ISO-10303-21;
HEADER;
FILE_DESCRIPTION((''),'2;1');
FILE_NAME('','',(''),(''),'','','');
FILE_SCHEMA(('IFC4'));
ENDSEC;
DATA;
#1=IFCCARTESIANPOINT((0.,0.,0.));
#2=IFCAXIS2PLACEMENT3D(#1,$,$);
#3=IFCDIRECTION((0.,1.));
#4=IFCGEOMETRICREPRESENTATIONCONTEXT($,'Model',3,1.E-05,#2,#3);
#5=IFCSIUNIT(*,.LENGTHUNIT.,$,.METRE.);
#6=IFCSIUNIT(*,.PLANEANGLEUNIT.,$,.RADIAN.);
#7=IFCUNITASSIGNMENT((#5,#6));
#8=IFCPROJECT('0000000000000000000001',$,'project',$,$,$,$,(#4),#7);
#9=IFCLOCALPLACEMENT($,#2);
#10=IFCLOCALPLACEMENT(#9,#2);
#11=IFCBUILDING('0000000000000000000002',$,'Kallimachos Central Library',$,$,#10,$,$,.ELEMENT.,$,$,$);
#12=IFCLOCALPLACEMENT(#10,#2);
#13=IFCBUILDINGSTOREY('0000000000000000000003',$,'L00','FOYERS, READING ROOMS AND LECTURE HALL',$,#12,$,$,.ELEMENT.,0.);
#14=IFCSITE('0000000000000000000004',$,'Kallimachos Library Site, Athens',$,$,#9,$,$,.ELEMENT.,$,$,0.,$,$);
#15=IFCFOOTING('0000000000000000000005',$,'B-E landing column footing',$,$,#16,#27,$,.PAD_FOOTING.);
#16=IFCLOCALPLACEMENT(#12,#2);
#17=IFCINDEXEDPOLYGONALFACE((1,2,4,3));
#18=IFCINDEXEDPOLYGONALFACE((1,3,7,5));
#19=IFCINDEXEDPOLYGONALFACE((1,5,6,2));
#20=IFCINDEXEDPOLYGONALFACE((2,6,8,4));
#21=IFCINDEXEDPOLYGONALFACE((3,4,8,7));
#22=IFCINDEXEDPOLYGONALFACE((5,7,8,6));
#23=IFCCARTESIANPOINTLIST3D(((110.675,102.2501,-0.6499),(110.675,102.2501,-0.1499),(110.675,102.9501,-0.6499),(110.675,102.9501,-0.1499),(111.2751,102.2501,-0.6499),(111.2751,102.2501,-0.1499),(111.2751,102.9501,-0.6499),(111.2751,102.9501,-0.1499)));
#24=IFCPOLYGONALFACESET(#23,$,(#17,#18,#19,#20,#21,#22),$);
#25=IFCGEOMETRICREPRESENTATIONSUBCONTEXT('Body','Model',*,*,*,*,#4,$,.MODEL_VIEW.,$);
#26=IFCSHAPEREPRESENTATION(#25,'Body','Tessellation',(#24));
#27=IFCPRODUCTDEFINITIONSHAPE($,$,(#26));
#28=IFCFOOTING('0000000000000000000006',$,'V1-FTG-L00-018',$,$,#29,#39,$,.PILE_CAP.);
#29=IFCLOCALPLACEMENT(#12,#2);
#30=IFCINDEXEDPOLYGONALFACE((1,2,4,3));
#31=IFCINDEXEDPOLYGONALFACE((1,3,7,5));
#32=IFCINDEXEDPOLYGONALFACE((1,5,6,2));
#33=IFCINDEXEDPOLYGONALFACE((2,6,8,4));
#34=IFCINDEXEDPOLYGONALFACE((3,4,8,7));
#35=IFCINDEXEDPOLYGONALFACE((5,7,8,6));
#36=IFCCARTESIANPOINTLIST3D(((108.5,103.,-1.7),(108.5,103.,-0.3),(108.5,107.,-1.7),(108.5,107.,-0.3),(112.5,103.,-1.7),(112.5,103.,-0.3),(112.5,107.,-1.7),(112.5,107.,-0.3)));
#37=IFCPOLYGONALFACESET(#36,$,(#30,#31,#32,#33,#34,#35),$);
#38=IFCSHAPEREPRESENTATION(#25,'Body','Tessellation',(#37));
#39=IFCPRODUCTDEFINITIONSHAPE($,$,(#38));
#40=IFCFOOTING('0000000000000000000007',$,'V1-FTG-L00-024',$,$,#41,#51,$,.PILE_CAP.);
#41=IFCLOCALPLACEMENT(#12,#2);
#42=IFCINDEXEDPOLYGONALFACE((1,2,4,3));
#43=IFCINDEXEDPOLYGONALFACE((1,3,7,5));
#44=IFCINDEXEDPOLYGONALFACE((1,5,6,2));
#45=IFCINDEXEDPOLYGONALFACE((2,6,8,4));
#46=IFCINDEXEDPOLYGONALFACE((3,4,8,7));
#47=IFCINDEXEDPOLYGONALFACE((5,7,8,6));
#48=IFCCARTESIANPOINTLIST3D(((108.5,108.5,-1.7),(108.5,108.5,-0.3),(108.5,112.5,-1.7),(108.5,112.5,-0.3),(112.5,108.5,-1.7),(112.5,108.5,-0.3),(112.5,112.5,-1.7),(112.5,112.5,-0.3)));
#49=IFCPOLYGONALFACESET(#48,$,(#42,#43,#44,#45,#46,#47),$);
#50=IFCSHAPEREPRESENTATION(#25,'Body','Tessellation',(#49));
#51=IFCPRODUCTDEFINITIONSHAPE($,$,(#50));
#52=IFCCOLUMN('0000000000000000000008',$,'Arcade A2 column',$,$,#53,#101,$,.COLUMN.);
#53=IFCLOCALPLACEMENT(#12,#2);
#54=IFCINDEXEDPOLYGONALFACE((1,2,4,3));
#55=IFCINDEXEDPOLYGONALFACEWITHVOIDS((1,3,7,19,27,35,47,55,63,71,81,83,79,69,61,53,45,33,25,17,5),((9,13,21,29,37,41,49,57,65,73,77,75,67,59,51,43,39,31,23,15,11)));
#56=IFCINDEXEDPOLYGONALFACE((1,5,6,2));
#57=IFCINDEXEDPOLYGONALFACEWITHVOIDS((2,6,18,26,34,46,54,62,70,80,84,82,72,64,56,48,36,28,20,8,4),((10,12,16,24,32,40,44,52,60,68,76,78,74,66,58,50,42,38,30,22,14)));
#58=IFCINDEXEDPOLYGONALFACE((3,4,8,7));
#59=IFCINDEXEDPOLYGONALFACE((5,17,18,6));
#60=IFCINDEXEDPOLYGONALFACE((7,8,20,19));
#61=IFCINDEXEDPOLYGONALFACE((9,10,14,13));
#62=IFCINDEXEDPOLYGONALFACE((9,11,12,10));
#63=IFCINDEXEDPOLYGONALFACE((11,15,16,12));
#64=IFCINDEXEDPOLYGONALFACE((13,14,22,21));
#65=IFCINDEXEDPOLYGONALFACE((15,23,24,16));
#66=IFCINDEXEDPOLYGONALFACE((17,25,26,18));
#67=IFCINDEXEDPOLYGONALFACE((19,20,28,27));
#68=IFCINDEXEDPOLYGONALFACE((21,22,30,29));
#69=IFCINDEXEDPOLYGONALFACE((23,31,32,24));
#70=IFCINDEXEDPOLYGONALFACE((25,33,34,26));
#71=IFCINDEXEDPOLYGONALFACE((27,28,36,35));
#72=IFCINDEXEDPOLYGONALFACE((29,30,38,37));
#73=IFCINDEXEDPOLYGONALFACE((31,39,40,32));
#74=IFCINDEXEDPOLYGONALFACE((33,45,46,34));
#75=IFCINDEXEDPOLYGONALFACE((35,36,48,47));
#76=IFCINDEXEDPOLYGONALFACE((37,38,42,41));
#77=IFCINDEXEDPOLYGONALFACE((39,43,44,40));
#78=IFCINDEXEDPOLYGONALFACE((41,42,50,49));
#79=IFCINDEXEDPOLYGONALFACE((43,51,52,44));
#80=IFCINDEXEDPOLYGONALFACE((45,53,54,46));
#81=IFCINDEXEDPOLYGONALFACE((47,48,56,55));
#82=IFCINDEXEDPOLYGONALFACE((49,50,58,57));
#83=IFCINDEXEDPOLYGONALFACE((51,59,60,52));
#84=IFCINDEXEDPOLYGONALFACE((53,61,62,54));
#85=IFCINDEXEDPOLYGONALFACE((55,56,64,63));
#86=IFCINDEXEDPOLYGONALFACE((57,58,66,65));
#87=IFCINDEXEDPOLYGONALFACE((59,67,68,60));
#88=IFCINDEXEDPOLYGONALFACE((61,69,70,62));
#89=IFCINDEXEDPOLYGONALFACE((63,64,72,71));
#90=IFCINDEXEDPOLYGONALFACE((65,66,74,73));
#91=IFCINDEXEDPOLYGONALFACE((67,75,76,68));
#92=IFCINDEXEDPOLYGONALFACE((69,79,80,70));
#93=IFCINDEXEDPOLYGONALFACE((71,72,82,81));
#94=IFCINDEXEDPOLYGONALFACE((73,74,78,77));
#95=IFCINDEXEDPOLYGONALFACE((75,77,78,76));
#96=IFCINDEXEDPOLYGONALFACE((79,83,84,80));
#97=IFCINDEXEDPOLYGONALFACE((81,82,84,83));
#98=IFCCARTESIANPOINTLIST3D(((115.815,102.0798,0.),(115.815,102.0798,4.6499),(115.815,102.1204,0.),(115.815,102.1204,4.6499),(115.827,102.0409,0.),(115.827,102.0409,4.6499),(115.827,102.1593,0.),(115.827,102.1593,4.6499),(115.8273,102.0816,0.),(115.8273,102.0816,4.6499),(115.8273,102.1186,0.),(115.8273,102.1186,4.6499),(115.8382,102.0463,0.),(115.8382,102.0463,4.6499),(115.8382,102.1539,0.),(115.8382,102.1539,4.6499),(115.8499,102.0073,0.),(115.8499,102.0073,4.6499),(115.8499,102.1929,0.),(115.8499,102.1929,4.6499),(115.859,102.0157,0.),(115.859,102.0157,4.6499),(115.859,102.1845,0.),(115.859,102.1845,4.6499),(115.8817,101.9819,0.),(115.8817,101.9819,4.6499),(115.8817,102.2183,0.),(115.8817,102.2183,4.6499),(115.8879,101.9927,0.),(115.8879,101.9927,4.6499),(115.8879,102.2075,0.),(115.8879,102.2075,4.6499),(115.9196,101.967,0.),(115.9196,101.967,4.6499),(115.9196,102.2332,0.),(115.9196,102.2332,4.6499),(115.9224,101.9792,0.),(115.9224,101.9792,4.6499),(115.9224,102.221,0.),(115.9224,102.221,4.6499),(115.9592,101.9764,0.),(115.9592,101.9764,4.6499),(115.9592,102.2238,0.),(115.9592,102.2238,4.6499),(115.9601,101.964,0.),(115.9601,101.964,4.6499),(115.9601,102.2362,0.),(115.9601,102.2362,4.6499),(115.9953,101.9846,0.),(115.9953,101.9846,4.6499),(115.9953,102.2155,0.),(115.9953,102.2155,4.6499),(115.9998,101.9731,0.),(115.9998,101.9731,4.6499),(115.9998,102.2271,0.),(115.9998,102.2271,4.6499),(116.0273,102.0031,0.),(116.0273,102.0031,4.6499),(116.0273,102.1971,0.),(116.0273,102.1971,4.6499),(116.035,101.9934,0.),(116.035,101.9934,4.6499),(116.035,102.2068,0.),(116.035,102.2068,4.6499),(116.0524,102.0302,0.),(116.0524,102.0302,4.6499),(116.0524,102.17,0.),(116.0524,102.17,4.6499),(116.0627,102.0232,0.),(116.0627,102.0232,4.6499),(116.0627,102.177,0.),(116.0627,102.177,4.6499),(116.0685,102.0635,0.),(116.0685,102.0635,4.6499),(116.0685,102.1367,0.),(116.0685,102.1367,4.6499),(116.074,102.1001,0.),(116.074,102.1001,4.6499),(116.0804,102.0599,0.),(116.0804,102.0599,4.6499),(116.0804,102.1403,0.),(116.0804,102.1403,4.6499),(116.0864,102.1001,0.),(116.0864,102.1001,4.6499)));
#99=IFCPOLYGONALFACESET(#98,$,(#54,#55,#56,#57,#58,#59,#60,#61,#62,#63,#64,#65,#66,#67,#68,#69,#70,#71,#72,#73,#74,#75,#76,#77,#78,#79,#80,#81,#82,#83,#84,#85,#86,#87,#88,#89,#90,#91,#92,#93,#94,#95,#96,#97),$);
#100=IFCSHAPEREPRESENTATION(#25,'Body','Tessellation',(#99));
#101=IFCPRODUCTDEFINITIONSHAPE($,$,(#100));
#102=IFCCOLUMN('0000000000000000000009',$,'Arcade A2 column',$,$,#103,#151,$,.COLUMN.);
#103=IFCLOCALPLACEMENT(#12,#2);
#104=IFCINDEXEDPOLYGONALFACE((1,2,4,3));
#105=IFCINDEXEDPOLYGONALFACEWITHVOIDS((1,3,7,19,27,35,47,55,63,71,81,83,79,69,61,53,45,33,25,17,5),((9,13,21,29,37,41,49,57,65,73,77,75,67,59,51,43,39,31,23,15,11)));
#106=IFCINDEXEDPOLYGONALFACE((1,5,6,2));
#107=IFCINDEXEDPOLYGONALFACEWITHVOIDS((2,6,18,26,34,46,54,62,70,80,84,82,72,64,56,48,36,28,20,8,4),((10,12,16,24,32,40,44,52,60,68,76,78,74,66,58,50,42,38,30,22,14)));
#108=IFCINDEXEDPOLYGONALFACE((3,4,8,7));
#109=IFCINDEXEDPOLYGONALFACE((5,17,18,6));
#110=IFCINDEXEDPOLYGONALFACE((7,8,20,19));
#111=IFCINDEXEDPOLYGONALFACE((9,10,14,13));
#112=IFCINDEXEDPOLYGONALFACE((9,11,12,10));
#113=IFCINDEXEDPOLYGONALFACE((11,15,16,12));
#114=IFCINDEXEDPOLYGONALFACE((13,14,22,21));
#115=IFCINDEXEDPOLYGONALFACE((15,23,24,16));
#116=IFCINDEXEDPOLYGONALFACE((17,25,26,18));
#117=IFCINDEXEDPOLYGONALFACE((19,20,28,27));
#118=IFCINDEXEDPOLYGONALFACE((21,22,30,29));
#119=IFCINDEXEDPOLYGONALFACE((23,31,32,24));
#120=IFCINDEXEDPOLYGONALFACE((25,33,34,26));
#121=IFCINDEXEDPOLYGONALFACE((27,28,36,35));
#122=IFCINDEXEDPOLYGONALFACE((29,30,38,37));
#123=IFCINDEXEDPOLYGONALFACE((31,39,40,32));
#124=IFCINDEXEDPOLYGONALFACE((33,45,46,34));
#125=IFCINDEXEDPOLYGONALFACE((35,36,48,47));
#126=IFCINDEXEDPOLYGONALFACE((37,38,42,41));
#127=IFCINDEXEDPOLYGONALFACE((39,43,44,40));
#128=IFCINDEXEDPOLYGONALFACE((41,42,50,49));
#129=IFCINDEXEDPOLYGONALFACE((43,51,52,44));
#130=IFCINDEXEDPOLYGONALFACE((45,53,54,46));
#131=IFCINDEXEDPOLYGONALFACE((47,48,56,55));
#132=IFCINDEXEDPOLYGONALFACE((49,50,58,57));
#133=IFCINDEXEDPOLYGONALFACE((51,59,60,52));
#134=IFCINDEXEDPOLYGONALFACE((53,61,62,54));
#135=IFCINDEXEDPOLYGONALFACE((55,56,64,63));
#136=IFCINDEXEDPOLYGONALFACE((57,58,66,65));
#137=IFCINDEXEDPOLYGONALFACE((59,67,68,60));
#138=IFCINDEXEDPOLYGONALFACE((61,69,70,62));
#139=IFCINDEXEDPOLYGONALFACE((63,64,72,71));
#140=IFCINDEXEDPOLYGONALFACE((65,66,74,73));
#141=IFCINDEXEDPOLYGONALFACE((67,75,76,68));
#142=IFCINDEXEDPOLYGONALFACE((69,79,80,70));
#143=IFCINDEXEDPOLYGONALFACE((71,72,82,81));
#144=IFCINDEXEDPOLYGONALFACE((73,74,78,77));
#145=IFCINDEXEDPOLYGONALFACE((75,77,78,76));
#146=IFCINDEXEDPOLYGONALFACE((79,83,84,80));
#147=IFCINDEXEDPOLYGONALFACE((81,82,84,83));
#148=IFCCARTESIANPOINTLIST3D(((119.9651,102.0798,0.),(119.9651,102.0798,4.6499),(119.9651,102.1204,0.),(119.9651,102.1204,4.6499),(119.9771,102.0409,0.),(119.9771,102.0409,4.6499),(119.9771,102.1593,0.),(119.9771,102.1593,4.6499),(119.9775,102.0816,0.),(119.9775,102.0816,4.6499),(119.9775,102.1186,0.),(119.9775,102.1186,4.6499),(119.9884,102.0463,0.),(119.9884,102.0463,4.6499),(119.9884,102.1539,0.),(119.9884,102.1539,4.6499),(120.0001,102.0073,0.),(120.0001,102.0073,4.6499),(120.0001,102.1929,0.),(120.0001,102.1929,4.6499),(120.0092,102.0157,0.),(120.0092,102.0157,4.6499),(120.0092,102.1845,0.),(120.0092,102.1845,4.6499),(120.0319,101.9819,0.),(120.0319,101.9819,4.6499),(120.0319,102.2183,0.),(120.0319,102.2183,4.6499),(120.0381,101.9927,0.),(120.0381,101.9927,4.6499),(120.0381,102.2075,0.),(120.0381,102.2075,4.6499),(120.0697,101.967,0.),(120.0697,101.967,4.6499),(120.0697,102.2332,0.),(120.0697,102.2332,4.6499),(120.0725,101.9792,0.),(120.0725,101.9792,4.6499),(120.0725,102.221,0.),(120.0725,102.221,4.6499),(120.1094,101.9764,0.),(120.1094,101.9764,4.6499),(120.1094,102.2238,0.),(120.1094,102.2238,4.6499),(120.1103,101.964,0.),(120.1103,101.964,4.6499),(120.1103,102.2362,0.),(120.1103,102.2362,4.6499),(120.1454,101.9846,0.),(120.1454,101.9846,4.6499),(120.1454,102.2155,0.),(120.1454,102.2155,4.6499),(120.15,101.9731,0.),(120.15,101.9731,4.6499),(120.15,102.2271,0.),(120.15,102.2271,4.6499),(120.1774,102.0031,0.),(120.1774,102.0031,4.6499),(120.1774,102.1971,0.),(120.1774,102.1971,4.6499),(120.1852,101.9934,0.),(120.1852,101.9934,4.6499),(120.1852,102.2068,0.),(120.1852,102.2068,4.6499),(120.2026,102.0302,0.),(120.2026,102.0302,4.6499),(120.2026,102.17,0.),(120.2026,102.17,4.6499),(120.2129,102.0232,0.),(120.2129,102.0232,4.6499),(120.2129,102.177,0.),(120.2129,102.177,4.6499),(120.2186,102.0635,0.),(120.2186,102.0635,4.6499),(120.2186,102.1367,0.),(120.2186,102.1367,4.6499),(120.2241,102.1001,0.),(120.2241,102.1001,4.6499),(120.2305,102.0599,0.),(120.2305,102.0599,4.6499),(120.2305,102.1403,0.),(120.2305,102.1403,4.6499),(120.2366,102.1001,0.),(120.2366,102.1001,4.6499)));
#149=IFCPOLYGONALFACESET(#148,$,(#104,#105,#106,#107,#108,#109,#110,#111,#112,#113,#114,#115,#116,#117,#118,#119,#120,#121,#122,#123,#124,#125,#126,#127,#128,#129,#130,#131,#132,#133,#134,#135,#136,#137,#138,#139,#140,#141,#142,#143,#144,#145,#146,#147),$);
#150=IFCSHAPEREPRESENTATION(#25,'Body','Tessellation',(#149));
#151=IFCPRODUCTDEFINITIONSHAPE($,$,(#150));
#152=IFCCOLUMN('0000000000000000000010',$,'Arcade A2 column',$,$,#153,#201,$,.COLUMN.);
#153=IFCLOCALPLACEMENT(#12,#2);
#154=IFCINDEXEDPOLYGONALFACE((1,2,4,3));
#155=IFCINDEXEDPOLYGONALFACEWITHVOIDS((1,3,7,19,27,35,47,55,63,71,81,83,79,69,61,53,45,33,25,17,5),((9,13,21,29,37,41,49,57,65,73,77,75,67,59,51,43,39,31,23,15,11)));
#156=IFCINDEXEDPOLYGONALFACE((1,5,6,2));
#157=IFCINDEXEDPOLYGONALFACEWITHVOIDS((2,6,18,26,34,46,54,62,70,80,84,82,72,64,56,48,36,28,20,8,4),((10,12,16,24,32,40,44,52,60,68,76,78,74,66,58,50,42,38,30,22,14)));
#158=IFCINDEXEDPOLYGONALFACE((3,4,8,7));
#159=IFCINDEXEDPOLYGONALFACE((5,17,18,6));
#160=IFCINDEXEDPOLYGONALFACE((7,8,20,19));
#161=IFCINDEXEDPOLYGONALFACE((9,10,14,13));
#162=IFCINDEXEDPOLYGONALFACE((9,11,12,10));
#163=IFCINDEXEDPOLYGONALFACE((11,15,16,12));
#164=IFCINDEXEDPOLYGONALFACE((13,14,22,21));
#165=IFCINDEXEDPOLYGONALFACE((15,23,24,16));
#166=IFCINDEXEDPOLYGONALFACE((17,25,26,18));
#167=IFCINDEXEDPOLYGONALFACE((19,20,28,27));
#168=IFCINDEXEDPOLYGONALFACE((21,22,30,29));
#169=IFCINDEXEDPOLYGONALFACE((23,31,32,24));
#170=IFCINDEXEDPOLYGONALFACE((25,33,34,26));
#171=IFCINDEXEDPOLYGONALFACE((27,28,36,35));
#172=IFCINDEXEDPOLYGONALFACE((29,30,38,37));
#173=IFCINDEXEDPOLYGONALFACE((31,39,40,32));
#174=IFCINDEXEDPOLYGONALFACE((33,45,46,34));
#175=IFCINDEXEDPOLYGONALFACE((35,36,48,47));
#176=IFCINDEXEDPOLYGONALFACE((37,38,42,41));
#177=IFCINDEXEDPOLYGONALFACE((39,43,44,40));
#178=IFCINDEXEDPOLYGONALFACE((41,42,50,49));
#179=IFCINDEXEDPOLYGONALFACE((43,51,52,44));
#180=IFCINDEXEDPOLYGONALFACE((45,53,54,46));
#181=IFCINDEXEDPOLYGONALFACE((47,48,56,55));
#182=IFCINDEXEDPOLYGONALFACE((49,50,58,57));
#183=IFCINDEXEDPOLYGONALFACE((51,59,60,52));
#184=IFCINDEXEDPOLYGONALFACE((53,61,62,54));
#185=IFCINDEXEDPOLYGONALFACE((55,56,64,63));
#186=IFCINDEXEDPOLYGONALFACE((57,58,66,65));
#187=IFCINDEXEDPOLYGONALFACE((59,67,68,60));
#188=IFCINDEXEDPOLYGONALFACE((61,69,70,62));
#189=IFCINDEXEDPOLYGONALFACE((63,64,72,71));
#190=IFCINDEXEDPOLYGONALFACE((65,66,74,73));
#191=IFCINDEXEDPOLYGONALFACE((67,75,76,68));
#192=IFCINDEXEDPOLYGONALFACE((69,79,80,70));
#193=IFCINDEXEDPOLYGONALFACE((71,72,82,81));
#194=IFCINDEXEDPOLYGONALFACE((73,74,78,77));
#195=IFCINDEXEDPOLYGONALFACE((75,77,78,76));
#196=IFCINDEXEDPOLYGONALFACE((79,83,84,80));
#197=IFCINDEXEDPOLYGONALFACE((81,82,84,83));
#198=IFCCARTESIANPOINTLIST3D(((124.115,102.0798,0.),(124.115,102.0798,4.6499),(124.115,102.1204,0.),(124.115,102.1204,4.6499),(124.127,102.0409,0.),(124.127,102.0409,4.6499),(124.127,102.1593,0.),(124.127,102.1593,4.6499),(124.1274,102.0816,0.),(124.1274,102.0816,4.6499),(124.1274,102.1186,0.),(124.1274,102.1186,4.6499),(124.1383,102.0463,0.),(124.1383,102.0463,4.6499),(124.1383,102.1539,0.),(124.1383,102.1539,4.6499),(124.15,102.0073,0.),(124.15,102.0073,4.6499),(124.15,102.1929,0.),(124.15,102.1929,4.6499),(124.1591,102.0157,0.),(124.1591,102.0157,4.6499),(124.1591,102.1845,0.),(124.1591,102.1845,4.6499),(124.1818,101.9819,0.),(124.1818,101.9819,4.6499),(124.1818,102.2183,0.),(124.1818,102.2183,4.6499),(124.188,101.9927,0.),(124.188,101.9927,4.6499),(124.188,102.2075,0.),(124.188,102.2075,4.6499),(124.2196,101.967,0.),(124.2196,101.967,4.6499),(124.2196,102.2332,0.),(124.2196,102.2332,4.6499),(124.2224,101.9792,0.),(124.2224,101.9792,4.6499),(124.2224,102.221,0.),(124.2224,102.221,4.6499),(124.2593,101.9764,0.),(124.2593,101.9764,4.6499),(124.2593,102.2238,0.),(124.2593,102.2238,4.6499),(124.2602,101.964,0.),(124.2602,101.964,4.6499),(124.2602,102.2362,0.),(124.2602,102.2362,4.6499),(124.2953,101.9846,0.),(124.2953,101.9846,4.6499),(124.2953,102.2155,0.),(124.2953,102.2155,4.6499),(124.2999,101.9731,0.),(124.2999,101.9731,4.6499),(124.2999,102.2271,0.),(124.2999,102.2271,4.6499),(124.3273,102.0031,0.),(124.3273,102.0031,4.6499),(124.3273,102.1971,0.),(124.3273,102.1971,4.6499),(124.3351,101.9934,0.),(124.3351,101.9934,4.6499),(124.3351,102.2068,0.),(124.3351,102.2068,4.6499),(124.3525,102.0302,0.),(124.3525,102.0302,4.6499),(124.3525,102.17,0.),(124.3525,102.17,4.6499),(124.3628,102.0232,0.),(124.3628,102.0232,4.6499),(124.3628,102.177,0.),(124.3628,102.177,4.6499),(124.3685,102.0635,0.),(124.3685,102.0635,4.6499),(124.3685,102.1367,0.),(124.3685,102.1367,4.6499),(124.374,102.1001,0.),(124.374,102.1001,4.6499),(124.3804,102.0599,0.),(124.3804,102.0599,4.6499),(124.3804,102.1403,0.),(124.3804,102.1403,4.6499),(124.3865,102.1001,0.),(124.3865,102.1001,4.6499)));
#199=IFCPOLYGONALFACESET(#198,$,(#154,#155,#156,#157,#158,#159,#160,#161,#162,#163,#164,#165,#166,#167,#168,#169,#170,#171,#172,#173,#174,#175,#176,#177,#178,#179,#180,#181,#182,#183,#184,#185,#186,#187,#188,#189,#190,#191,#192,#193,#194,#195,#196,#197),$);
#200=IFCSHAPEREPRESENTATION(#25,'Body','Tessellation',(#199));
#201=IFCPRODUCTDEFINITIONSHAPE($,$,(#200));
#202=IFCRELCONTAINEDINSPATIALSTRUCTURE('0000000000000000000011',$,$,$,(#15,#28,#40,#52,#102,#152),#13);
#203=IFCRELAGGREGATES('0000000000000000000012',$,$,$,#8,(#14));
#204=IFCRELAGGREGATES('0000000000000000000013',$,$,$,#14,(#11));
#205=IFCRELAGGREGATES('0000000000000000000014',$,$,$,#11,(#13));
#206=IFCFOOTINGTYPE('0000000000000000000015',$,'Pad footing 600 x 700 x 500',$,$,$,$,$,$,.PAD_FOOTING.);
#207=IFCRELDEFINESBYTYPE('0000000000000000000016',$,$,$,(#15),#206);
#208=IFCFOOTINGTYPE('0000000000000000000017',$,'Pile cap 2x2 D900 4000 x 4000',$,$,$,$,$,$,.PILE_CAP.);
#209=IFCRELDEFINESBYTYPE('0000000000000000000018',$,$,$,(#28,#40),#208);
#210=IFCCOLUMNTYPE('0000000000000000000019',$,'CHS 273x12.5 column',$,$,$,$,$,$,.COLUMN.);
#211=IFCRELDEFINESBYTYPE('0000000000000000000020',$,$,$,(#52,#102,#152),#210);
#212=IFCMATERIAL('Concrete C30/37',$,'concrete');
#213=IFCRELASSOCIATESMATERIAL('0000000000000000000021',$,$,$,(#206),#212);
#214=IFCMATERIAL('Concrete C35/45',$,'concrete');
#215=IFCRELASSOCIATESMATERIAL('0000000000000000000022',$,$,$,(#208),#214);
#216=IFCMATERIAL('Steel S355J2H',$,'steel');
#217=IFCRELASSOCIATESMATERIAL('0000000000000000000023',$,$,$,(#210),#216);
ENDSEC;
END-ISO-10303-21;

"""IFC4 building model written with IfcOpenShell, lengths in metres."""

from ifc_helpers import new_model, si_unit, direction, frame, origin, origin_2d, place, context, subcontext, project, spatial, rectangle, hollow_circle, extrude, material, material_profile, profile_set, type_object, element, save


model = new_model("IFC4")

# Units and contexts
model_context = context("Model", 3, precision=1e-05, world=origin(), true_north=direction((0.0, 1.0)))
body_context = subcontext(model_context, "Body", "Model", "MODEL_VIEW")
ifc_project = project(units=[si_unit("LENGTHUNIT", "METRE"), si_unit("PLANEANGLEUNIT", "RADIAN")], contexts=[model_context])

# Site, building, storey
site_placement = place(None, origin())
site = spatial("IfcSite", under=ifc_project, at=site_placement, Name="Kallimachos Library Site, Athens", CompositionType="ELEMENT", RefElevation=0.0)
building_placement = place(site_placement, origin())
building = spatial("IfcBuilding", under=site, at=building_placement, Name="Kallimachos Central Library", CompositionType="ELEMENT")
storey_placement = place(building_placement, origin())
storey = spatial("IfcBuildingStorey", under=building, at=storey_placement, Name="L00", Description="FOYERS, READING ROOMS AND LECTURE HALL", CompositionType="ELEMENT", Elevation=0.0)

# Footings
ifc_material_1 = material(Name="Concrete C30/37", Category="concrete")
footing_type_1 = type_object("IfcFootingType", Name="Pad footing 600 x 700 x 500", PredefinedType="PAD_FOOTING", material=ifc_material_1)
footing_placement = place(storey_placement, frame((110.9751, 102.6001, -0.6499), z_axis=(0.0, 0.0, 1.0), x_axis=(1.0, 0.0, 0.0)))
element("IfcFooting", 1, at=footing_placement, inside=storey, type_object=footing_type_1, Name="B-E landing column footing", PredefinedType="PAD_FOOTING", context=body_context, shape_type="SweptSolid", body=[
    extrude(rectangle(XDim=0.6001, YDim=0.7, at=origin_2d()), origin(), (0.0, 0.0, 1.0), 0.5),
])
ifc_material_2 = material(Name="Concrete C35/45", Category="concrete")
footing_type_2 = type_object("IfcFootingType", Name="Pile cap 2x2 D900 4000 x 4000", PredefinedType="PILE_CAP", material=ifc_material_2)
for number, where, z_axis, x_axis, name in (
    (2, (110.5, 105.0, -1.7), (0.0, 0.0, 1.0), (1.0, 0.0, 0.0), "V1-FTG-L00-018"),
    (3, (110.5, 110.5, -1.7), (0.0, 0.0, 1.0), (1.0, 0.0, 0.0), "V1-FTG-L00-024"),
):
    element("IfcFooting", number, at=place(storey_placement, frame(where, z_axis=z_axis, x_axis=x_axis)), inside=storey, type_object=footing_type_2, Name=name, PredefinedType="PILE_CAP", context=body_context, shape_type="SweptSolid", body=[
        extrude(rectangle(XDim=4.0, YDim=4.0, at=origin_2d()), origin(), (0.0, 0.0, 1.0), 1.3999),
    ])

# Columns
ifc_material_3 = material(Name="Steel S355J2H", Category="steel")
ifc_material_profile_1 = material_profile(ifc_material_3, hollow_circle(Radius=0.1365, WallThickness=0.0125, at=origin_2d()), Name="CHS 273x12.5")
ifc_profile_set_1 = profile_set([ifc_material_profile_1], Name="Steel S355J2H")
column_type_1 = type_object("IfcColumnType", Name="CHS 273x12.5 column", PredefinedType="COLUMN", material=ifc_profile_set_1)
for number, where, z_axis, x_axis, name in (
    (4, (115.95, 102.1001, 0.0), (0.0, 0.0, 1.0), (1.0, 0.0, 0.0), "Arcade A2 column"),
    (5, (120.1001, 102.1001, 0.0), (0.0, 0.0, 1.0), (1.0, 0.0, 0.0), "Arcade A2 column"),
    (6, (124.25, 102.1001, 0.0), (0.0, 0.0, 1.0), (1.0, 0.0, 0.0), "Arcade A2 column"),
):
    element("IfcColumn", number, at=place(storey_placement, frame(where, z_axis=z_axis, x_axis=x_axis)), inside=storey, type_object=column_type_1, Name=name, PredefinedType="COLUMN", context=body_context, shape_type="SweptSolid", body=[
        extrude(hollow_circle(Radius=0.1365, WallThickness=0.0125, at=origin_2d()), origin(), (0.0, 0.0, 1.0), 4.6499),
    ])

save(model, "model.ifc")
